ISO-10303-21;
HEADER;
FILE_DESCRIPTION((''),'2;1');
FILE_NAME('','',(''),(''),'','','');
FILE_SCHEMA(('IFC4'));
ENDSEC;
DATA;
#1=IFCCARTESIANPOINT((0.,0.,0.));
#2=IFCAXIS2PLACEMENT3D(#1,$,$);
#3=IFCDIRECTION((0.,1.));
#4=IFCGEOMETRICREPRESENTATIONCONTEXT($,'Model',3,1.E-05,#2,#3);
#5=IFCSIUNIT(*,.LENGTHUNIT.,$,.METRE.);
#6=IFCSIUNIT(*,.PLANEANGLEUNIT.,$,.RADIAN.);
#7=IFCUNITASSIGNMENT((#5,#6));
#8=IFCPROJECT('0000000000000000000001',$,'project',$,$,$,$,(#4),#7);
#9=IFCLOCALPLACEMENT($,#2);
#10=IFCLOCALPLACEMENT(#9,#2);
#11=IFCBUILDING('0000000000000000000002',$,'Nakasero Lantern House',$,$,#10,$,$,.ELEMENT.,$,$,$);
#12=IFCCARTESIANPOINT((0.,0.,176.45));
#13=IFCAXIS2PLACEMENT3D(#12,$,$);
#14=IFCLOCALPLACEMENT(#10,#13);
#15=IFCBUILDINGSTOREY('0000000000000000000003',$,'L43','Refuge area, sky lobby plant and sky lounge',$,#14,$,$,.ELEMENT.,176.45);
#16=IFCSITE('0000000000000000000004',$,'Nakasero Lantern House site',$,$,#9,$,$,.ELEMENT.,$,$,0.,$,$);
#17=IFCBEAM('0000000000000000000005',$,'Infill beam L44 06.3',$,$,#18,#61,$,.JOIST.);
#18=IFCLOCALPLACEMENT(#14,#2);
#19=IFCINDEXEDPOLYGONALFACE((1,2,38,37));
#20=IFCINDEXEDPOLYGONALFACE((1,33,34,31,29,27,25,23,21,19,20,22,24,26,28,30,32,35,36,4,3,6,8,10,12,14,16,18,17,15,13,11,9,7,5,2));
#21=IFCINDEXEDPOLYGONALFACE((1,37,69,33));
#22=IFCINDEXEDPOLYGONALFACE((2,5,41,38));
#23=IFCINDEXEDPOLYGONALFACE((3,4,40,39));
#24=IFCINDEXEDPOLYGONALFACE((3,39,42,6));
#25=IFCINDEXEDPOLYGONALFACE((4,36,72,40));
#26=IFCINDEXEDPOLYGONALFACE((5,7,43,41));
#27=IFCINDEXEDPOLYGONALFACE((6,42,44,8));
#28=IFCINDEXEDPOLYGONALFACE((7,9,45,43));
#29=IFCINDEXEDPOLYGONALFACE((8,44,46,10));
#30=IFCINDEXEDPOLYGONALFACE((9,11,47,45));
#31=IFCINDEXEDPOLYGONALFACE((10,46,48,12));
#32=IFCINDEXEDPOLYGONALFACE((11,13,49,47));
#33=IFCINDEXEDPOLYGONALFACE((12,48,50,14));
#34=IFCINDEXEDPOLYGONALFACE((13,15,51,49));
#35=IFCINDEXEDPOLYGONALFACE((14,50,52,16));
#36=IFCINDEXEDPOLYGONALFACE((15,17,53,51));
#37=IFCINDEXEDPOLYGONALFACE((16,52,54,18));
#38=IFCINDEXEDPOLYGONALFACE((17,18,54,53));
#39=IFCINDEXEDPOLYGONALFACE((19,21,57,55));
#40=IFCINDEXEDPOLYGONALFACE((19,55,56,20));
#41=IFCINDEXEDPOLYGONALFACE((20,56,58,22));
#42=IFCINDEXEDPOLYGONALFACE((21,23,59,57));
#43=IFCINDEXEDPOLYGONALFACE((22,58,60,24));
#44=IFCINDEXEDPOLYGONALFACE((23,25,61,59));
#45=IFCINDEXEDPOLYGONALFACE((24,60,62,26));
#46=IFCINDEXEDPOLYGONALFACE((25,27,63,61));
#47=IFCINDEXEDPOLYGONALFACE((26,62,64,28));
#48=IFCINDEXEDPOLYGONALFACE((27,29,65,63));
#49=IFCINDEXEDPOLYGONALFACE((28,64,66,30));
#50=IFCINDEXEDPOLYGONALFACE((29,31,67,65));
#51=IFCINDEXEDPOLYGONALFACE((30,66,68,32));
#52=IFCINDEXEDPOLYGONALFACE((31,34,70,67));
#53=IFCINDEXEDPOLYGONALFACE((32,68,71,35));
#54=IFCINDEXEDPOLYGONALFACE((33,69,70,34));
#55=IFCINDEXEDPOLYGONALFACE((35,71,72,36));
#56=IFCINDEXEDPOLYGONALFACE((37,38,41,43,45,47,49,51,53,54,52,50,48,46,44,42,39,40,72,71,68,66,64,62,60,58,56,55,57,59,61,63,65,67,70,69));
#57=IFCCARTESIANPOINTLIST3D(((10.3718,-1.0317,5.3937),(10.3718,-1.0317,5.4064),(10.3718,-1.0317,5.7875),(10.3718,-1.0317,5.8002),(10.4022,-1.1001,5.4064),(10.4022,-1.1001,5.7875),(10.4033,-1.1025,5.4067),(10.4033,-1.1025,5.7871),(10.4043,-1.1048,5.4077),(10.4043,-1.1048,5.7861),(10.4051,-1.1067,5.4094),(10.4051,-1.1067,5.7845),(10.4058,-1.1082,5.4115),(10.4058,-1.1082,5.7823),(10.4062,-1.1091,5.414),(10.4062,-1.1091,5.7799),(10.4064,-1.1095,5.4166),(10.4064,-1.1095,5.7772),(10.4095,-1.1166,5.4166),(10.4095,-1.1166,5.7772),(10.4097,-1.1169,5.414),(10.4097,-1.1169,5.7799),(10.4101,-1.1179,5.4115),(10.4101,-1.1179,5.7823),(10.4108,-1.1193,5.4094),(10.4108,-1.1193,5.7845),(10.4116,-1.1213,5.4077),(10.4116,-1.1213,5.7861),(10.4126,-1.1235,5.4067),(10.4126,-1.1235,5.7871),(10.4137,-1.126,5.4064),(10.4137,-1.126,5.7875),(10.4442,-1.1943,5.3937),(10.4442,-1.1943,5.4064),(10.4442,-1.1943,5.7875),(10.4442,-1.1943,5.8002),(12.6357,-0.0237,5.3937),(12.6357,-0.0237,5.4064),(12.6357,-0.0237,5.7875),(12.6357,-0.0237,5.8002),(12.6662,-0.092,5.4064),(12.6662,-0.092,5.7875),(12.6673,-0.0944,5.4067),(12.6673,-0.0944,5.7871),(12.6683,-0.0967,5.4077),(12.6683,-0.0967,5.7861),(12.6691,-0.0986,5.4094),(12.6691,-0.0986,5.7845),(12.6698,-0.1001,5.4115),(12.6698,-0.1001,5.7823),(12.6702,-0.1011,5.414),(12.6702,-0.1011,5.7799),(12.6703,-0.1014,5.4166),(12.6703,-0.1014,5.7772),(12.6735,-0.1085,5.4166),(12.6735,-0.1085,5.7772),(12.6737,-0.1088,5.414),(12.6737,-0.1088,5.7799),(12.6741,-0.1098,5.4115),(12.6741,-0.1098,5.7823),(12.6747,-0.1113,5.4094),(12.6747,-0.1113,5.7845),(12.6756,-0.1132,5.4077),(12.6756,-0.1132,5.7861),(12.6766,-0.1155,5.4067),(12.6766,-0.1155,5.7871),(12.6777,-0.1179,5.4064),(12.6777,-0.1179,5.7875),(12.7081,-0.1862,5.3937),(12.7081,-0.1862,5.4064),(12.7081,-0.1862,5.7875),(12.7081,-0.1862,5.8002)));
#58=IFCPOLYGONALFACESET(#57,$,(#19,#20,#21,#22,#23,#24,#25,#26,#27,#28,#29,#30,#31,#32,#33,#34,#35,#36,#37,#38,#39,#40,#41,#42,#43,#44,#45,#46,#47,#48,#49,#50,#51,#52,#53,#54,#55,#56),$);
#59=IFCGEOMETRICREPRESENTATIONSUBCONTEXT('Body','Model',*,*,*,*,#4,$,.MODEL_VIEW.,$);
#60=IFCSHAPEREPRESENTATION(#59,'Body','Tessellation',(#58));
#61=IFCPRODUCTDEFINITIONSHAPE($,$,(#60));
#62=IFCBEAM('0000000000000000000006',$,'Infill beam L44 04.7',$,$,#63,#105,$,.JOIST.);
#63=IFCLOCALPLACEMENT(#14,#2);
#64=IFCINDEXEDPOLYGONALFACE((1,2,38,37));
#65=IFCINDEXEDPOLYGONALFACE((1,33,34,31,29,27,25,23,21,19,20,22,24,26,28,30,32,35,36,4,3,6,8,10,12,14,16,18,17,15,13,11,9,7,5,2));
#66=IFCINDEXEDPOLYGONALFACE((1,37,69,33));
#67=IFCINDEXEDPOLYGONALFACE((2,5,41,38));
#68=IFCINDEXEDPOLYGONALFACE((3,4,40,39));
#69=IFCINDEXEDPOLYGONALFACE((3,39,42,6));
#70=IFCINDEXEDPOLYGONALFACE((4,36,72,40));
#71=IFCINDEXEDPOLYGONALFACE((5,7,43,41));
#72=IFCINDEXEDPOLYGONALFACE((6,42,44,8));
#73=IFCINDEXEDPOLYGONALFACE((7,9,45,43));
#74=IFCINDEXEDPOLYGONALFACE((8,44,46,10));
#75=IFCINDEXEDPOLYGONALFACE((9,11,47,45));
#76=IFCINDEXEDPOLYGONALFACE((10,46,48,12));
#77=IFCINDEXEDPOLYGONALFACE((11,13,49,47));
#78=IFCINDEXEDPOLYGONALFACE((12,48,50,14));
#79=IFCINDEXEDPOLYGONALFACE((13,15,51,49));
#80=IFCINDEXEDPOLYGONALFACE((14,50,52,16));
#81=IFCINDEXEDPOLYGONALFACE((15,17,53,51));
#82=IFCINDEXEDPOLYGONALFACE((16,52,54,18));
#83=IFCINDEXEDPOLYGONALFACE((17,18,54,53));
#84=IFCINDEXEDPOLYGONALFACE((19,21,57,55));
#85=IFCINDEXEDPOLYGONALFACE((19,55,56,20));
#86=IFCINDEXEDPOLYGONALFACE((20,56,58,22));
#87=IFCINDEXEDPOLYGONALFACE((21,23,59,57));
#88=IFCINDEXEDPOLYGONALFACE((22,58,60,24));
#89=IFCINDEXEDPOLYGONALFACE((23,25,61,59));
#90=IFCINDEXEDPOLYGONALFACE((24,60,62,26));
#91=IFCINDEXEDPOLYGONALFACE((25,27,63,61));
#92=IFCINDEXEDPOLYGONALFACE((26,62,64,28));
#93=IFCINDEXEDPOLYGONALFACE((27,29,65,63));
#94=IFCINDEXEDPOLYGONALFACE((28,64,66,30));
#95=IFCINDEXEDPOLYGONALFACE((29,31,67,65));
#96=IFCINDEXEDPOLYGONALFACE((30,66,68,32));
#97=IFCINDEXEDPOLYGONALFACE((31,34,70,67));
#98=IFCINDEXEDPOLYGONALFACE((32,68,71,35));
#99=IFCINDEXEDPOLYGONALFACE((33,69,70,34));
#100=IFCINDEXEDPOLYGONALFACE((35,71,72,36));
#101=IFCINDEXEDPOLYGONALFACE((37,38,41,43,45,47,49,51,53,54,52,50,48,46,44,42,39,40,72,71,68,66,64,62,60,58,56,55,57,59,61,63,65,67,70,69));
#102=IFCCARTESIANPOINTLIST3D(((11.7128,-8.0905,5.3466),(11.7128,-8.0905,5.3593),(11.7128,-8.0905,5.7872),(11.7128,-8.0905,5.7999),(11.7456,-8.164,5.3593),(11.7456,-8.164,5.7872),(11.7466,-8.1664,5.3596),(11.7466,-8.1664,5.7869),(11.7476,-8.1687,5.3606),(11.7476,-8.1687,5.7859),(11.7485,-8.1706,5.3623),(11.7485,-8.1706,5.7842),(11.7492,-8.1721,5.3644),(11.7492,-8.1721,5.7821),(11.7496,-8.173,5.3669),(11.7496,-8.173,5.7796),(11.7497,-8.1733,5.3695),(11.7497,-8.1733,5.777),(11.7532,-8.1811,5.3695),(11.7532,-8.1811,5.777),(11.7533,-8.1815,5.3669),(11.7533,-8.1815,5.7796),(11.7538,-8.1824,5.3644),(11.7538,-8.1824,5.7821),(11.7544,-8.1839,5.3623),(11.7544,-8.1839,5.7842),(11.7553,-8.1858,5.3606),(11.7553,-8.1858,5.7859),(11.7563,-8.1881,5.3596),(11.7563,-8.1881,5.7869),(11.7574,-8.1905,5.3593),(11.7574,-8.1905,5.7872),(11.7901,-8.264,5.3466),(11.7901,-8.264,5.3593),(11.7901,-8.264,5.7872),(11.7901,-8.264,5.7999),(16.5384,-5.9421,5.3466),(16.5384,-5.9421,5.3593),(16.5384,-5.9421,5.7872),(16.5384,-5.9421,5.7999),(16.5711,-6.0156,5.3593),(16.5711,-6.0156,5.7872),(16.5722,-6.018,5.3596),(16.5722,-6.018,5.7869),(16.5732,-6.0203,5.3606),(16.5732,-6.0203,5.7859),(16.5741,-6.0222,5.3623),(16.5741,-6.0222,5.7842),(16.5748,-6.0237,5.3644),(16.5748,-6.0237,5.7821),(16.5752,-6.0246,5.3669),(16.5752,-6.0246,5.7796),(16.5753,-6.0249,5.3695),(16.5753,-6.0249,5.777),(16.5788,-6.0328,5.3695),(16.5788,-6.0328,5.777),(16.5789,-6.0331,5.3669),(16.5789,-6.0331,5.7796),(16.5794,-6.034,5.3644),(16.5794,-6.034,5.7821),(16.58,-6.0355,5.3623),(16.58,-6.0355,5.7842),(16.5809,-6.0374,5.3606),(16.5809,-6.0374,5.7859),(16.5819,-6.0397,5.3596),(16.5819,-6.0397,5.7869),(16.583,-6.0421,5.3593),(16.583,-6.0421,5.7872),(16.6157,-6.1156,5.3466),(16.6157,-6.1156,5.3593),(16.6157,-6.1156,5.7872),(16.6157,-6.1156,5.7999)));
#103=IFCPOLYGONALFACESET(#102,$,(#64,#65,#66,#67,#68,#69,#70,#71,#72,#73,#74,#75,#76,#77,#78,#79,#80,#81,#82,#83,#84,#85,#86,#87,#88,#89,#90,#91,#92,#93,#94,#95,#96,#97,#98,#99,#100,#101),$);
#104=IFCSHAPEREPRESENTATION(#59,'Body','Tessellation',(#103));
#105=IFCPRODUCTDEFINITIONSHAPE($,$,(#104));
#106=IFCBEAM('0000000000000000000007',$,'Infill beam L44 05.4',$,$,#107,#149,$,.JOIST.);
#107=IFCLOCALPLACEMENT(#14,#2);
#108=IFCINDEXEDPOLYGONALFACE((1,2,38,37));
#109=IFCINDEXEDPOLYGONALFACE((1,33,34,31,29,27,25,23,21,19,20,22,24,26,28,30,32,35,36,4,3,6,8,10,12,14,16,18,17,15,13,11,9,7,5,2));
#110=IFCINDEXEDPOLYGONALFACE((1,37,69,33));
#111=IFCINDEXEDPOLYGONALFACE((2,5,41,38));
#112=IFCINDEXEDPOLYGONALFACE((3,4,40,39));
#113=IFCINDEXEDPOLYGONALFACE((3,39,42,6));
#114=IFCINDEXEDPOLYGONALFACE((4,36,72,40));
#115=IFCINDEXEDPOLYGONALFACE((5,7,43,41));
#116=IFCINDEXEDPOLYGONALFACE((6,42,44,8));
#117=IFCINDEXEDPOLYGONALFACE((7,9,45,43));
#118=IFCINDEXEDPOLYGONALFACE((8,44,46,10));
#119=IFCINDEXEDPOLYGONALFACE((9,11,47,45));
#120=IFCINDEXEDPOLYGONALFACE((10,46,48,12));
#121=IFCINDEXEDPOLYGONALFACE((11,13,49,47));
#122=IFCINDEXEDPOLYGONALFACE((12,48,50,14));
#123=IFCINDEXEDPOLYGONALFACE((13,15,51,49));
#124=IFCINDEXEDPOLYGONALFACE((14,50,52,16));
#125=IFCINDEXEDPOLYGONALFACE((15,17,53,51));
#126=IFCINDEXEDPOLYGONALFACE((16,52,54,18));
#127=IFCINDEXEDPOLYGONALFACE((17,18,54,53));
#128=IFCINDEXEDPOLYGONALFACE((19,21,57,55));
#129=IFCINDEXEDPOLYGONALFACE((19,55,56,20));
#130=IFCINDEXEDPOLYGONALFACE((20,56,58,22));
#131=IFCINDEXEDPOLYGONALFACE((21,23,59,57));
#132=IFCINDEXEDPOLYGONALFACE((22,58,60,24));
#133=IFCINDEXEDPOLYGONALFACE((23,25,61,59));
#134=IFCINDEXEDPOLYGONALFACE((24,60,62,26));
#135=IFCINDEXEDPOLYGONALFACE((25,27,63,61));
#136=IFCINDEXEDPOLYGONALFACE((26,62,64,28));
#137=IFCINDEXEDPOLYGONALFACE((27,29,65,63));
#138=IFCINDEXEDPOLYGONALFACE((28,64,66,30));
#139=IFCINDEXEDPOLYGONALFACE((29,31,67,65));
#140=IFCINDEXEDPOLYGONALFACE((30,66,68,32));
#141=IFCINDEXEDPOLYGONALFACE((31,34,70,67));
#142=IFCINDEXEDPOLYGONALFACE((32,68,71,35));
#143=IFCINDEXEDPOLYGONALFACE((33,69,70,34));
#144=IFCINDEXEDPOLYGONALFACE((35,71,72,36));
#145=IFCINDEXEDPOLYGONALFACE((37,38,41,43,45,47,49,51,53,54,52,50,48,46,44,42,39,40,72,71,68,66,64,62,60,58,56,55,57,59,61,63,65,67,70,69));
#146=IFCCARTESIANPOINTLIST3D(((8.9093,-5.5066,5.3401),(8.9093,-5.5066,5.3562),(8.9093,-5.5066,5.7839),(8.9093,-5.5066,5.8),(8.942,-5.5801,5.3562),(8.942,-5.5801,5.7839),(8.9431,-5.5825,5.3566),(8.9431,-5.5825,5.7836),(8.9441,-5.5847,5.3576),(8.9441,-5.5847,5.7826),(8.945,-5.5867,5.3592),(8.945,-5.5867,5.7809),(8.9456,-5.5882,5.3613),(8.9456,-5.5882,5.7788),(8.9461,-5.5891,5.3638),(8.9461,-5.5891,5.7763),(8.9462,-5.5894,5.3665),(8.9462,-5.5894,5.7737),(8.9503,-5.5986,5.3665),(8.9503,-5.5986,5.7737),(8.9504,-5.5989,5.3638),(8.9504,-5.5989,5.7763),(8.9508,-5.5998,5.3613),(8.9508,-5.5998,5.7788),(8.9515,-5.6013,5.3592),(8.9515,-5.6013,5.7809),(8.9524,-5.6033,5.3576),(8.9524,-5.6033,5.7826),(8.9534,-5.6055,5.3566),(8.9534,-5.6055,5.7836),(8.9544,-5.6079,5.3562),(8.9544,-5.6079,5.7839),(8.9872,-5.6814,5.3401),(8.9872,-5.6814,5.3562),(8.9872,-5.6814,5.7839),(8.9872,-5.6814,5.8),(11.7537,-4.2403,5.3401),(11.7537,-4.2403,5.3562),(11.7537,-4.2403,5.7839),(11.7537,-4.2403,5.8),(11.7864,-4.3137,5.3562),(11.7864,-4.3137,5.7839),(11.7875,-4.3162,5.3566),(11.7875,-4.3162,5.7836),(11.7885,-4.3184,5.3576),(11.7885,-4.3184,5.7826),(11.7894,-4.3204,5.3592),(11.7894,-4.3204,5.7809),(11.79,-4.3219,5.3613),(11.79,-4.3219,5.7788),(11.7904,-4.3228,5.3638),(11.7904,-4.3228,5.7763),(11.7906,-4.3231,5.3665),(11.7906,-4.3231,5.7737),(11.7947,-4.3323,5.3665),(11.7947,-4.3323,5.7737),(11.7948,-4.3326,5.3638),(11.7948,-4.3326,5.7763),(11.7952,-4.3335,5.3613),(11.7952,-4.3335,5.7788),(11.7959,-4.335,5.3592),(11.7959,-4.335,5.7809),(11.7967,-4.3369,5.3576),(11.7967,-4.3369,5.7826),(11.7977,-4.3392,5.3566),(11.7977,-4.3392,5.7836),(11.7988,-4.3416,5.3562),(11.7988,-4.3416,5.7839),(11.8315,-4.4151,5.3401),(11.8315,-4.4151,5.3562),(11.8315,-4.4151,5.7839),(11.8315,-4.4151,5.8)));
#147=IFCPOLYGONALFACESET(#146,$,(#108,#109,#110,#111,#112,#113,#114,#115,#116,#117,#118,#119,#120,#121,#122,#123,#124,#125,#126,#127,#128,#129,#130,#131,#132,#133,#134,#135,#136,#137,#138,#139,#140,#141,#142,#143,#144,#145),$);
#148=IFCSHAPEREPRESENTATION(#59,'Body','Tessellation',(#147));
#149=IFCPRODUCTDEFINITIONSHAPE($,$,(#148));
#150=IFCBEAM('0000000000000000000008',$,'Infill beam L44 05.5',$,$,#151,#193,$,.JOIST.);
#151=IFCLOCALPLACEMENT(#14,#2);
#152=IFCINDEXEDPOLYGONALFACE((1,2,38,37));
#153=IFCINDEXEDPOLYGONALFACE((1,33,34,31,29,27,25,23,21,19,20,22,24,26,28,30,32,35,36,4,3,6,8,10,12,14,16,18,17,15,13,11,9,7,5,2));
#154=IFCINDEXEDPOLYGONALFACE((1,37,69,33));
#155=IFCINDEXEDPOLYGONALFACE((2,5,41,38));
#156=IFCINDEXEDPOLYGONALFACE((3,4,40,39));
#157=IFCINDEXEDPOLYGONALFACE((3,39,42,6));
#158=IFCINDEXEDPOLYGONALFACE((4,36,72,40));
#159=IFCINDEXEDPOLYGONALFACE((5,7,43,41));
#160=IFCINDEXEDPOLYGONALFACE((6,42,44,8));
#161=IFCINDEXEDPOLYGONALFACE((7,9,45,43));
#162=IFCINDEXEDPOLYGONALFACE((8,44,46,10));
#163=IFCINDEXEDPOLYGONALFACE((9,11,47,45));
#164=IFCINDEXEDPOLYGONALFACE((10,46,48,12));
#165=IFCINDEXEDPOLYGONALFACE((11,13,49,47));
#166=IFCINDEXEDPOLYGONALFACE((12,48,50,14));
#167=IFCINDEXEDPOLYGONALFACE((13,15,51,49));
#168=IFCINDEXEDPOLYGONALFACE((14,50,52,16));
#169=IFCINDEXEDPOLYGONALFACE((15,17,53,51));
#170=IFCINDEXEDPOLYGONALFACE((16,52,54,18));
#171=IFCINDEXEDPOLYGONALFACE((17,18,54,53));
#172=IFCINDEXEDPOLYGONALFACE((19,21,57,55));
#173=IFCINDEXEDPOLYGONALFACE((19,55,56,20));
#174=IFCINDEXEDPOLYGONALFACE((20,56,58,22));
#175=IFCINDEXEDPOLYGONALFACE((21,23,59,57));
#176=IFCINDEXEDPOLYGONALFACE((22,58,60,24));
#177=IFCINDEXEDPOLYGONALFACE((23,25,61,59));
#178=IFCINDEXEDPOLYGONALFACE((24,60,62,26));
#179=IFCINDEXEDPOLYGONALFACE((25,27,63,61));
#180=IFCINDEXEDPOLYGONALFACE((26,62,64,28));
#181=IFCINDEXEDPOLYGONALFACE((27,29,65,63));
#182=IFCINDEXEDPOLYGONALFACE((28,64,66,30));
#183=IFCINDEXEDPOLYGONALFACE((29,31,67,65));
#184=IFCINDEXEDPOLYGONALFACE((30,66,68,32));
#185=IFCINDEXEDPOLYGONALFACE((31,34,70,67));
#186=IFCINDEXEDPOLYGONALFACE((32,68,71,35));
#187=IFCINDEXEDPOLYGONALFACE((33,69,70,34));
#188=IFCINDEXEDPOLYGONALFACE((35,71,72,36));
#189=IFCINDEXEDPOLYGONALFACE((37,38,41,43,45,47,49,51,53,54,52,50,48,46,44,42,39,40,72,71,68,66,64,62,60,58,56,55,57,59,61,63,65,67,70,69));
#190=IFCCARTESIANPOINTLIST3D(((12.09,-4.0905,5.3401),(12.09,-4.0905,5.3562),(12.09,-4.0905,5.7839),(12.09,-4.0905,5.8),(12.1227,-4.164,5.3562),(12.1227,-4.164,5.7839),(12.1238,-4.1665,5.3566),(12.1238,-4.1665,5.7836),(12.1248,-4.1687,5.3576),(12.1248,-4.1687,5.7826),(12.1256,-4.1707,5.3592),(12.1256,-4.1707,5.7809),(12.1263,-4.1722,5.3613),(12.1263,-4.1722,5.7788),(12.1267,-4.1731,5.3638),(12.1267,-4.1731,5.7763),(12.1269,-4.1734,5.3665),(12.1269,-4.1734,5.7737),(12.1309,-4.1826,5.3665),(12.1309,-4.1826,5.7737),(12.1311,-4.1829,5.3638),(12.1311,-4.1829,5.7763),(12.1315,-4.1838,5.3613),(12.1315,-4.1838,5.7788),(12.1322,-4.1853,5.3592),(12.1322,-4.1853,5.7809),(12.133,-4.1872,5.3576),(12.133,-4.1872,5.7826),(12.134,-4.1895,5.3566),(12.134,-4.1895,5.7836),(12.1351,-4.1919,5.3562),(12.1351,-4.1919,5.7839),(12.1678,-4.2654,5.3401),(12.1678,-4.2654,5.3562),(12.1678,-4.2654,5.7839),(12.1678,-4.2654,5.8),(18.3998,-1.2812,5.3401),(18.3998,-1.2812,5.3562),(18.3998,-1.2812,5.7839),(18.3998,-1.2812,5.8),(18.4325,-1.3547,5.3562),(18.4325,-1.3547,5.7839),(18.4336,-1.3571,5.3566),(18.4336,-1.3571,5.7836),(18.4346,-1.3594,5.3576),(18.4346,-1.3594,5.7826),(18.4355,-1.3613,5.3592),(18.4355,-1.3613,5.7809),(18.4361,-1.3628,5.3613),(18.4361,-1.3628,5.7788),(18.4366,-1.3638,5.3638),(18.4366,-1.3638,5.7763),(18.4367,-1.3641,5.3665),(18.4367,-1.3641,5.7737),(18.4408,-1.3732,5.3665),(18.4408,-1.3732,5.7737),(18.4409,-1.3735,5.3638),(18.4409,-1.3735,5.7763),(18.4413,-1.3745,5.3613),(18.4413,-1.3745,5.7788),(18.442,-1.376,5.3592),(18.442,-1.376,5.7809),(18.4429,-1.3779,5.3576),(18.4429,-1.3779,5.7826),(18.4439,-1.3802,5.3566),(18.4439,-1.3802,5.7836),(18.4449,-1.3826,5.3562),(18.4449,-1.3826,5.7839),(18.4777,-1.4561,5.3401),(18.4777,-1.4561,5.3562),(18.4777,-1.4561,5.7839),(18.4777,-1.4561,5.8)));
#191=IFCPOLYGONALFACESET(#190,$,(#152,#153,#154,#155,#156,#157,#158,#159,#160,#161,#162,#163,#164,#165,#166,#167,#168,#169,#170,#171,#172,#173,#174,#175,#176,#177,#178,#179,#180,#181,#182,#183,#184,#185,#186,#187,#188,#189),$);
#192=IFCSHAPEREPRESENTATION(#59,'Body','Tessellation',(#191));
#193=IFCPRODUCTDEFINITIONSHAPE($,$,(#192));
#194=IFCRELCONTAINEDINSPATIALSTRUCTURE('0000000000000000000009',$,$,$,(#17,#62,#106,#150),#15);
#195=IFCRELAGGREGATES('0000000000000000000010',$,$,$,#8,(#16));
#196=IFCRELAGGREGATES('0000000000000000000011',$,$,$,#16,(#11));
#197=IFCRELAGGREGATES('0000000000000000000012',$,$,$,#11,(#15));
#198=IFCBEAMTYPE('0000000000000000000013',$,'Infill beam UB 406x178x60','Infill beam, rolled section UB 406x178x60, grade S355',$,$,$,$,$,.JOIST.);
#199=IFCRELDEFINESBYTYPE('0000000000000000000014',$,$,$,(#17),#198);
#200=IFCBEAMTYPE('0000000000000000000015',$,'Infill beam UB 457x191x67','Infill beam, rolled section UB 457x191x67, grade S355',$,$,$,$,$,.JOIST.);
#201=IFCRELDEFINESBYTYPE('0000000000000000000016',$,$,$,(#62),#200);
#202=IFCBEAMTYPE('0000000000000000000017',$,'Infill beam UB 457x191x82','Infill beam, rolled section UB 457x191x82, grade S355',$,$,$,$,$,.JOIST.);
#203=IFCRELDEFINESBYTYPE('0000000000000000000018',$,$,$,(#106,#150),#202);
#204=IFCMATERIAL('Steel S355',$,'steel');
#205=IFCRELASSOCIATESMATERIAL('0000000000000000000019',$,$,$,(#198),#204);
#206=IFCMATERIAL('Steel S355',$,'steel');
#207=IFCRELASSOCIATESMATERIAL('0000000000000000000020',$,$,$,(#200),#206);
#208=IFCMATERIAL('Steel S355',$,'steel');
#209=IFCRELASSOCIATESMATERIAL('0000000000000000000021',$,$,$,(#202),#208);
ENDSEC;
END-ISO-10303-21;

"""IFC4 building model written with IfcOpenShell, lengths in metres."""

from ifc_helpers import new_model, si_unit, direction, frame, origin, origin_2d, place, context, subcontext, project, spatial, i_section, extrude, material, material_profile, profile_set, type_object, element, save


model = new_model("IFC4")

# Units and contexts
model_context = context("Model", 3, precision=1e-05, world=origin(), true_north=direction((0.0, 1.0)))
body_context = subcontext(model_context, "Body", "Model", "MODEL_VIEW")
ifc_project = project(units=[si_unit("LENGTHUNIT", "METRE"), si_unit("PLANEANGLEUNIT", "RADIAN")], contexts=[model_context])

# Site, building, storey
site_placement = place(None, origin())
site = spatial("IfcSite", under=ifc_project, at=site_placement, Name="Nakasero Lantern House site", CompositionType="ELEMENT", RefElevation=0.0)
building_placement = place(site_placement, origin())
building = spatial("IfcBuilding", under=site, at=building_placement, Name="Nakasero Lantern House", CompositionType="ELEMENT")
storey_placement = place(building_placement, frame((0.0, 0.0, 176.45)))
storey = spatial("IfcBuildingStorey", under=building, at=storey_placement, Name="L43", Description="Refuge area, sky lobby plant and sky lounge", CompositionType="ELEMENT", Elevation=176.45)

# Beams
ifc_material_1 = material(Name="Steel S355", Category="steel")
ifc_material_profile_1 = material_profile(ifc_material_1, i_section(OverallWidth=0.178, OverallDepth=0.4065, WebThickness=0.0078, FlangeThickness=0.0127, FilletRadius=0.0103, at=origin_2d()), Name="UB 406x178x60")
ifc_profile_set_1 = profile_set([ifc_material_profile_1], Name="Steel S355")
beam_type_1 = type_object("IfcBeamType", Name="Infill beam UB 406x178x60", Description="Infill beam, rolled section UB 406x178x60, grade S355", PredefinedType="JOIST", material=ifc_profile_set_1)
beam_1_placement = place(storey_placement, frame((10.408, -1.113, 5.5969), z_axis=(0.913531, 0.406769, 0.0), x_axis=(-0.406769, 0.913531, 0.0)))
element("IfcBeam", 1, at=beam_1_placement, inside=storey, type_object=beam_type_1, Name="Infill beam L44 06.3", PredefinedType="JOIST", context=body_context, shape_type="SweptSolid", body=[
    extrude(i_section(OverallWidth=0.178, OverallDepth=0.4065, WebThickness=0.0078, FlangeThickness=0.0127, FilletRadius=0.0103, at=origin_2d()), origin(), (0.0, 0.0, 1.0), 2.4783),
])
ifc_material_2 = material(Name="Steel S355", Category="steel")
ifc_material_profile_2 = material_profile(ifc_material_2, i_section(OverallWidth=0.1899, OverallDepth=0.4534, WebThickness=0.0085, FlangeThickness=0.0127, FilletRadius=0.0103, at=origin_2d()), Name="UB 457x191x67")
ifc_profile_set_2 = profile_set([ifc_material_profile_2], Name="Steel S355")
beam_type_2 = type_object("IfcBeamType", Name="Infill beam UB 457x191x67", Description="Infill beam, rolled section UB 457x191x67, grade S355", PredefinedType="JOIST", material=ifc_profile_set_2)
beam_2_placement = place(storey_placement, frame((11.7515, -8.1772, 5.5732), z_axis=(0.913552, 0.406722, 0.0), x_axis=(-0.406722, 0.913552, 0.0)))
element("IfcBeam", 2, at=beam_2_placement, inside=storey, type_object=beam_type_2, Name="Infill beam L44 04.7", PredefinedType="JOIST", context=body_context, shape_type="SweptSolid", body=[
    extrude(i_section(OverallWidth=0.1899, OverallDepth=0.4534, WebThickness=0.0085, FlangeThickness=0.0127, FilletRadius=0.0103, at=origin_2d()), origin(), (0.0, 0.0, 1.0), 5.2822),
])
ifc_material_3 = material(Name="Steel S355", Category="steel")
ifc_material_profile_3 = material_profile(ifc_material_3, i_section(OverallWidth=0.1914, OverallDepth=0.46, WebThickness=0.01, FlangeThickness=0.0161, FilletRadius=0.0103, at=origin_2d()), Name="UB 457x191x82")
ifc_profile_set_3 = profile_set([ifc_material_profile_3], Name="Steel S355")
beam_type_3 = type_object("IfcBeamType", Name="Infill beam UB 457x191x82", Description="Infill beam, rolled section UB 457x191x82, grade S355", PredefinedType="JOIST", material=ifc_profile_set_3)
beam_3_placement = place(storey_placement, frame((8.9482, -5.594, 5.5701), z_axis=(0.913556, 0.406713, 0.0), x_axis=(-0.406713, 0.913556, 0.0)))
element("IfcBeam", 3, at=beam_3_placement, inside=storey, type_object=beam_type_3, Name="Infill beam L44 05.4", PredefinedType="JOIST", context=body_context, shape_type="SweptSolid", body=[
    extrude(i_section(OverallWidth=0.1914, OverallDepth=0.46, WebThickness=0.01, FlangeThickness=0.0161, FilletRadius=0.0103, at=origin_2d()), origin(), (0.0, 0.0, 1.0), 3.1135),
])
beam_4_placement = place(storey_placement, frame((12.1289, -4.178, 5.5701), z_axis=(0.913545, 0.406739, 0.0), x_axis=(-0.406739, 0.913545, 0.0)))
element("IfcBeam", 4, at=beam_4_placement, inside=storey, type_object=beam_type_3, Name="Infill beam L44 05.5", PredefinedType="JOIST", context=body_context, shape_type="SweptSolid", body=[
    extrude(i_section(OverallWidth=0.1914, OverallDepth=0.46, WebThickness=0.01, FlangeThickness=0.0161, FilletRadius=0.0103, at=origin_2d()), origin(), (0.0, 0.0, 1.0), 6.907),
])

save(model, "model.ifc")
